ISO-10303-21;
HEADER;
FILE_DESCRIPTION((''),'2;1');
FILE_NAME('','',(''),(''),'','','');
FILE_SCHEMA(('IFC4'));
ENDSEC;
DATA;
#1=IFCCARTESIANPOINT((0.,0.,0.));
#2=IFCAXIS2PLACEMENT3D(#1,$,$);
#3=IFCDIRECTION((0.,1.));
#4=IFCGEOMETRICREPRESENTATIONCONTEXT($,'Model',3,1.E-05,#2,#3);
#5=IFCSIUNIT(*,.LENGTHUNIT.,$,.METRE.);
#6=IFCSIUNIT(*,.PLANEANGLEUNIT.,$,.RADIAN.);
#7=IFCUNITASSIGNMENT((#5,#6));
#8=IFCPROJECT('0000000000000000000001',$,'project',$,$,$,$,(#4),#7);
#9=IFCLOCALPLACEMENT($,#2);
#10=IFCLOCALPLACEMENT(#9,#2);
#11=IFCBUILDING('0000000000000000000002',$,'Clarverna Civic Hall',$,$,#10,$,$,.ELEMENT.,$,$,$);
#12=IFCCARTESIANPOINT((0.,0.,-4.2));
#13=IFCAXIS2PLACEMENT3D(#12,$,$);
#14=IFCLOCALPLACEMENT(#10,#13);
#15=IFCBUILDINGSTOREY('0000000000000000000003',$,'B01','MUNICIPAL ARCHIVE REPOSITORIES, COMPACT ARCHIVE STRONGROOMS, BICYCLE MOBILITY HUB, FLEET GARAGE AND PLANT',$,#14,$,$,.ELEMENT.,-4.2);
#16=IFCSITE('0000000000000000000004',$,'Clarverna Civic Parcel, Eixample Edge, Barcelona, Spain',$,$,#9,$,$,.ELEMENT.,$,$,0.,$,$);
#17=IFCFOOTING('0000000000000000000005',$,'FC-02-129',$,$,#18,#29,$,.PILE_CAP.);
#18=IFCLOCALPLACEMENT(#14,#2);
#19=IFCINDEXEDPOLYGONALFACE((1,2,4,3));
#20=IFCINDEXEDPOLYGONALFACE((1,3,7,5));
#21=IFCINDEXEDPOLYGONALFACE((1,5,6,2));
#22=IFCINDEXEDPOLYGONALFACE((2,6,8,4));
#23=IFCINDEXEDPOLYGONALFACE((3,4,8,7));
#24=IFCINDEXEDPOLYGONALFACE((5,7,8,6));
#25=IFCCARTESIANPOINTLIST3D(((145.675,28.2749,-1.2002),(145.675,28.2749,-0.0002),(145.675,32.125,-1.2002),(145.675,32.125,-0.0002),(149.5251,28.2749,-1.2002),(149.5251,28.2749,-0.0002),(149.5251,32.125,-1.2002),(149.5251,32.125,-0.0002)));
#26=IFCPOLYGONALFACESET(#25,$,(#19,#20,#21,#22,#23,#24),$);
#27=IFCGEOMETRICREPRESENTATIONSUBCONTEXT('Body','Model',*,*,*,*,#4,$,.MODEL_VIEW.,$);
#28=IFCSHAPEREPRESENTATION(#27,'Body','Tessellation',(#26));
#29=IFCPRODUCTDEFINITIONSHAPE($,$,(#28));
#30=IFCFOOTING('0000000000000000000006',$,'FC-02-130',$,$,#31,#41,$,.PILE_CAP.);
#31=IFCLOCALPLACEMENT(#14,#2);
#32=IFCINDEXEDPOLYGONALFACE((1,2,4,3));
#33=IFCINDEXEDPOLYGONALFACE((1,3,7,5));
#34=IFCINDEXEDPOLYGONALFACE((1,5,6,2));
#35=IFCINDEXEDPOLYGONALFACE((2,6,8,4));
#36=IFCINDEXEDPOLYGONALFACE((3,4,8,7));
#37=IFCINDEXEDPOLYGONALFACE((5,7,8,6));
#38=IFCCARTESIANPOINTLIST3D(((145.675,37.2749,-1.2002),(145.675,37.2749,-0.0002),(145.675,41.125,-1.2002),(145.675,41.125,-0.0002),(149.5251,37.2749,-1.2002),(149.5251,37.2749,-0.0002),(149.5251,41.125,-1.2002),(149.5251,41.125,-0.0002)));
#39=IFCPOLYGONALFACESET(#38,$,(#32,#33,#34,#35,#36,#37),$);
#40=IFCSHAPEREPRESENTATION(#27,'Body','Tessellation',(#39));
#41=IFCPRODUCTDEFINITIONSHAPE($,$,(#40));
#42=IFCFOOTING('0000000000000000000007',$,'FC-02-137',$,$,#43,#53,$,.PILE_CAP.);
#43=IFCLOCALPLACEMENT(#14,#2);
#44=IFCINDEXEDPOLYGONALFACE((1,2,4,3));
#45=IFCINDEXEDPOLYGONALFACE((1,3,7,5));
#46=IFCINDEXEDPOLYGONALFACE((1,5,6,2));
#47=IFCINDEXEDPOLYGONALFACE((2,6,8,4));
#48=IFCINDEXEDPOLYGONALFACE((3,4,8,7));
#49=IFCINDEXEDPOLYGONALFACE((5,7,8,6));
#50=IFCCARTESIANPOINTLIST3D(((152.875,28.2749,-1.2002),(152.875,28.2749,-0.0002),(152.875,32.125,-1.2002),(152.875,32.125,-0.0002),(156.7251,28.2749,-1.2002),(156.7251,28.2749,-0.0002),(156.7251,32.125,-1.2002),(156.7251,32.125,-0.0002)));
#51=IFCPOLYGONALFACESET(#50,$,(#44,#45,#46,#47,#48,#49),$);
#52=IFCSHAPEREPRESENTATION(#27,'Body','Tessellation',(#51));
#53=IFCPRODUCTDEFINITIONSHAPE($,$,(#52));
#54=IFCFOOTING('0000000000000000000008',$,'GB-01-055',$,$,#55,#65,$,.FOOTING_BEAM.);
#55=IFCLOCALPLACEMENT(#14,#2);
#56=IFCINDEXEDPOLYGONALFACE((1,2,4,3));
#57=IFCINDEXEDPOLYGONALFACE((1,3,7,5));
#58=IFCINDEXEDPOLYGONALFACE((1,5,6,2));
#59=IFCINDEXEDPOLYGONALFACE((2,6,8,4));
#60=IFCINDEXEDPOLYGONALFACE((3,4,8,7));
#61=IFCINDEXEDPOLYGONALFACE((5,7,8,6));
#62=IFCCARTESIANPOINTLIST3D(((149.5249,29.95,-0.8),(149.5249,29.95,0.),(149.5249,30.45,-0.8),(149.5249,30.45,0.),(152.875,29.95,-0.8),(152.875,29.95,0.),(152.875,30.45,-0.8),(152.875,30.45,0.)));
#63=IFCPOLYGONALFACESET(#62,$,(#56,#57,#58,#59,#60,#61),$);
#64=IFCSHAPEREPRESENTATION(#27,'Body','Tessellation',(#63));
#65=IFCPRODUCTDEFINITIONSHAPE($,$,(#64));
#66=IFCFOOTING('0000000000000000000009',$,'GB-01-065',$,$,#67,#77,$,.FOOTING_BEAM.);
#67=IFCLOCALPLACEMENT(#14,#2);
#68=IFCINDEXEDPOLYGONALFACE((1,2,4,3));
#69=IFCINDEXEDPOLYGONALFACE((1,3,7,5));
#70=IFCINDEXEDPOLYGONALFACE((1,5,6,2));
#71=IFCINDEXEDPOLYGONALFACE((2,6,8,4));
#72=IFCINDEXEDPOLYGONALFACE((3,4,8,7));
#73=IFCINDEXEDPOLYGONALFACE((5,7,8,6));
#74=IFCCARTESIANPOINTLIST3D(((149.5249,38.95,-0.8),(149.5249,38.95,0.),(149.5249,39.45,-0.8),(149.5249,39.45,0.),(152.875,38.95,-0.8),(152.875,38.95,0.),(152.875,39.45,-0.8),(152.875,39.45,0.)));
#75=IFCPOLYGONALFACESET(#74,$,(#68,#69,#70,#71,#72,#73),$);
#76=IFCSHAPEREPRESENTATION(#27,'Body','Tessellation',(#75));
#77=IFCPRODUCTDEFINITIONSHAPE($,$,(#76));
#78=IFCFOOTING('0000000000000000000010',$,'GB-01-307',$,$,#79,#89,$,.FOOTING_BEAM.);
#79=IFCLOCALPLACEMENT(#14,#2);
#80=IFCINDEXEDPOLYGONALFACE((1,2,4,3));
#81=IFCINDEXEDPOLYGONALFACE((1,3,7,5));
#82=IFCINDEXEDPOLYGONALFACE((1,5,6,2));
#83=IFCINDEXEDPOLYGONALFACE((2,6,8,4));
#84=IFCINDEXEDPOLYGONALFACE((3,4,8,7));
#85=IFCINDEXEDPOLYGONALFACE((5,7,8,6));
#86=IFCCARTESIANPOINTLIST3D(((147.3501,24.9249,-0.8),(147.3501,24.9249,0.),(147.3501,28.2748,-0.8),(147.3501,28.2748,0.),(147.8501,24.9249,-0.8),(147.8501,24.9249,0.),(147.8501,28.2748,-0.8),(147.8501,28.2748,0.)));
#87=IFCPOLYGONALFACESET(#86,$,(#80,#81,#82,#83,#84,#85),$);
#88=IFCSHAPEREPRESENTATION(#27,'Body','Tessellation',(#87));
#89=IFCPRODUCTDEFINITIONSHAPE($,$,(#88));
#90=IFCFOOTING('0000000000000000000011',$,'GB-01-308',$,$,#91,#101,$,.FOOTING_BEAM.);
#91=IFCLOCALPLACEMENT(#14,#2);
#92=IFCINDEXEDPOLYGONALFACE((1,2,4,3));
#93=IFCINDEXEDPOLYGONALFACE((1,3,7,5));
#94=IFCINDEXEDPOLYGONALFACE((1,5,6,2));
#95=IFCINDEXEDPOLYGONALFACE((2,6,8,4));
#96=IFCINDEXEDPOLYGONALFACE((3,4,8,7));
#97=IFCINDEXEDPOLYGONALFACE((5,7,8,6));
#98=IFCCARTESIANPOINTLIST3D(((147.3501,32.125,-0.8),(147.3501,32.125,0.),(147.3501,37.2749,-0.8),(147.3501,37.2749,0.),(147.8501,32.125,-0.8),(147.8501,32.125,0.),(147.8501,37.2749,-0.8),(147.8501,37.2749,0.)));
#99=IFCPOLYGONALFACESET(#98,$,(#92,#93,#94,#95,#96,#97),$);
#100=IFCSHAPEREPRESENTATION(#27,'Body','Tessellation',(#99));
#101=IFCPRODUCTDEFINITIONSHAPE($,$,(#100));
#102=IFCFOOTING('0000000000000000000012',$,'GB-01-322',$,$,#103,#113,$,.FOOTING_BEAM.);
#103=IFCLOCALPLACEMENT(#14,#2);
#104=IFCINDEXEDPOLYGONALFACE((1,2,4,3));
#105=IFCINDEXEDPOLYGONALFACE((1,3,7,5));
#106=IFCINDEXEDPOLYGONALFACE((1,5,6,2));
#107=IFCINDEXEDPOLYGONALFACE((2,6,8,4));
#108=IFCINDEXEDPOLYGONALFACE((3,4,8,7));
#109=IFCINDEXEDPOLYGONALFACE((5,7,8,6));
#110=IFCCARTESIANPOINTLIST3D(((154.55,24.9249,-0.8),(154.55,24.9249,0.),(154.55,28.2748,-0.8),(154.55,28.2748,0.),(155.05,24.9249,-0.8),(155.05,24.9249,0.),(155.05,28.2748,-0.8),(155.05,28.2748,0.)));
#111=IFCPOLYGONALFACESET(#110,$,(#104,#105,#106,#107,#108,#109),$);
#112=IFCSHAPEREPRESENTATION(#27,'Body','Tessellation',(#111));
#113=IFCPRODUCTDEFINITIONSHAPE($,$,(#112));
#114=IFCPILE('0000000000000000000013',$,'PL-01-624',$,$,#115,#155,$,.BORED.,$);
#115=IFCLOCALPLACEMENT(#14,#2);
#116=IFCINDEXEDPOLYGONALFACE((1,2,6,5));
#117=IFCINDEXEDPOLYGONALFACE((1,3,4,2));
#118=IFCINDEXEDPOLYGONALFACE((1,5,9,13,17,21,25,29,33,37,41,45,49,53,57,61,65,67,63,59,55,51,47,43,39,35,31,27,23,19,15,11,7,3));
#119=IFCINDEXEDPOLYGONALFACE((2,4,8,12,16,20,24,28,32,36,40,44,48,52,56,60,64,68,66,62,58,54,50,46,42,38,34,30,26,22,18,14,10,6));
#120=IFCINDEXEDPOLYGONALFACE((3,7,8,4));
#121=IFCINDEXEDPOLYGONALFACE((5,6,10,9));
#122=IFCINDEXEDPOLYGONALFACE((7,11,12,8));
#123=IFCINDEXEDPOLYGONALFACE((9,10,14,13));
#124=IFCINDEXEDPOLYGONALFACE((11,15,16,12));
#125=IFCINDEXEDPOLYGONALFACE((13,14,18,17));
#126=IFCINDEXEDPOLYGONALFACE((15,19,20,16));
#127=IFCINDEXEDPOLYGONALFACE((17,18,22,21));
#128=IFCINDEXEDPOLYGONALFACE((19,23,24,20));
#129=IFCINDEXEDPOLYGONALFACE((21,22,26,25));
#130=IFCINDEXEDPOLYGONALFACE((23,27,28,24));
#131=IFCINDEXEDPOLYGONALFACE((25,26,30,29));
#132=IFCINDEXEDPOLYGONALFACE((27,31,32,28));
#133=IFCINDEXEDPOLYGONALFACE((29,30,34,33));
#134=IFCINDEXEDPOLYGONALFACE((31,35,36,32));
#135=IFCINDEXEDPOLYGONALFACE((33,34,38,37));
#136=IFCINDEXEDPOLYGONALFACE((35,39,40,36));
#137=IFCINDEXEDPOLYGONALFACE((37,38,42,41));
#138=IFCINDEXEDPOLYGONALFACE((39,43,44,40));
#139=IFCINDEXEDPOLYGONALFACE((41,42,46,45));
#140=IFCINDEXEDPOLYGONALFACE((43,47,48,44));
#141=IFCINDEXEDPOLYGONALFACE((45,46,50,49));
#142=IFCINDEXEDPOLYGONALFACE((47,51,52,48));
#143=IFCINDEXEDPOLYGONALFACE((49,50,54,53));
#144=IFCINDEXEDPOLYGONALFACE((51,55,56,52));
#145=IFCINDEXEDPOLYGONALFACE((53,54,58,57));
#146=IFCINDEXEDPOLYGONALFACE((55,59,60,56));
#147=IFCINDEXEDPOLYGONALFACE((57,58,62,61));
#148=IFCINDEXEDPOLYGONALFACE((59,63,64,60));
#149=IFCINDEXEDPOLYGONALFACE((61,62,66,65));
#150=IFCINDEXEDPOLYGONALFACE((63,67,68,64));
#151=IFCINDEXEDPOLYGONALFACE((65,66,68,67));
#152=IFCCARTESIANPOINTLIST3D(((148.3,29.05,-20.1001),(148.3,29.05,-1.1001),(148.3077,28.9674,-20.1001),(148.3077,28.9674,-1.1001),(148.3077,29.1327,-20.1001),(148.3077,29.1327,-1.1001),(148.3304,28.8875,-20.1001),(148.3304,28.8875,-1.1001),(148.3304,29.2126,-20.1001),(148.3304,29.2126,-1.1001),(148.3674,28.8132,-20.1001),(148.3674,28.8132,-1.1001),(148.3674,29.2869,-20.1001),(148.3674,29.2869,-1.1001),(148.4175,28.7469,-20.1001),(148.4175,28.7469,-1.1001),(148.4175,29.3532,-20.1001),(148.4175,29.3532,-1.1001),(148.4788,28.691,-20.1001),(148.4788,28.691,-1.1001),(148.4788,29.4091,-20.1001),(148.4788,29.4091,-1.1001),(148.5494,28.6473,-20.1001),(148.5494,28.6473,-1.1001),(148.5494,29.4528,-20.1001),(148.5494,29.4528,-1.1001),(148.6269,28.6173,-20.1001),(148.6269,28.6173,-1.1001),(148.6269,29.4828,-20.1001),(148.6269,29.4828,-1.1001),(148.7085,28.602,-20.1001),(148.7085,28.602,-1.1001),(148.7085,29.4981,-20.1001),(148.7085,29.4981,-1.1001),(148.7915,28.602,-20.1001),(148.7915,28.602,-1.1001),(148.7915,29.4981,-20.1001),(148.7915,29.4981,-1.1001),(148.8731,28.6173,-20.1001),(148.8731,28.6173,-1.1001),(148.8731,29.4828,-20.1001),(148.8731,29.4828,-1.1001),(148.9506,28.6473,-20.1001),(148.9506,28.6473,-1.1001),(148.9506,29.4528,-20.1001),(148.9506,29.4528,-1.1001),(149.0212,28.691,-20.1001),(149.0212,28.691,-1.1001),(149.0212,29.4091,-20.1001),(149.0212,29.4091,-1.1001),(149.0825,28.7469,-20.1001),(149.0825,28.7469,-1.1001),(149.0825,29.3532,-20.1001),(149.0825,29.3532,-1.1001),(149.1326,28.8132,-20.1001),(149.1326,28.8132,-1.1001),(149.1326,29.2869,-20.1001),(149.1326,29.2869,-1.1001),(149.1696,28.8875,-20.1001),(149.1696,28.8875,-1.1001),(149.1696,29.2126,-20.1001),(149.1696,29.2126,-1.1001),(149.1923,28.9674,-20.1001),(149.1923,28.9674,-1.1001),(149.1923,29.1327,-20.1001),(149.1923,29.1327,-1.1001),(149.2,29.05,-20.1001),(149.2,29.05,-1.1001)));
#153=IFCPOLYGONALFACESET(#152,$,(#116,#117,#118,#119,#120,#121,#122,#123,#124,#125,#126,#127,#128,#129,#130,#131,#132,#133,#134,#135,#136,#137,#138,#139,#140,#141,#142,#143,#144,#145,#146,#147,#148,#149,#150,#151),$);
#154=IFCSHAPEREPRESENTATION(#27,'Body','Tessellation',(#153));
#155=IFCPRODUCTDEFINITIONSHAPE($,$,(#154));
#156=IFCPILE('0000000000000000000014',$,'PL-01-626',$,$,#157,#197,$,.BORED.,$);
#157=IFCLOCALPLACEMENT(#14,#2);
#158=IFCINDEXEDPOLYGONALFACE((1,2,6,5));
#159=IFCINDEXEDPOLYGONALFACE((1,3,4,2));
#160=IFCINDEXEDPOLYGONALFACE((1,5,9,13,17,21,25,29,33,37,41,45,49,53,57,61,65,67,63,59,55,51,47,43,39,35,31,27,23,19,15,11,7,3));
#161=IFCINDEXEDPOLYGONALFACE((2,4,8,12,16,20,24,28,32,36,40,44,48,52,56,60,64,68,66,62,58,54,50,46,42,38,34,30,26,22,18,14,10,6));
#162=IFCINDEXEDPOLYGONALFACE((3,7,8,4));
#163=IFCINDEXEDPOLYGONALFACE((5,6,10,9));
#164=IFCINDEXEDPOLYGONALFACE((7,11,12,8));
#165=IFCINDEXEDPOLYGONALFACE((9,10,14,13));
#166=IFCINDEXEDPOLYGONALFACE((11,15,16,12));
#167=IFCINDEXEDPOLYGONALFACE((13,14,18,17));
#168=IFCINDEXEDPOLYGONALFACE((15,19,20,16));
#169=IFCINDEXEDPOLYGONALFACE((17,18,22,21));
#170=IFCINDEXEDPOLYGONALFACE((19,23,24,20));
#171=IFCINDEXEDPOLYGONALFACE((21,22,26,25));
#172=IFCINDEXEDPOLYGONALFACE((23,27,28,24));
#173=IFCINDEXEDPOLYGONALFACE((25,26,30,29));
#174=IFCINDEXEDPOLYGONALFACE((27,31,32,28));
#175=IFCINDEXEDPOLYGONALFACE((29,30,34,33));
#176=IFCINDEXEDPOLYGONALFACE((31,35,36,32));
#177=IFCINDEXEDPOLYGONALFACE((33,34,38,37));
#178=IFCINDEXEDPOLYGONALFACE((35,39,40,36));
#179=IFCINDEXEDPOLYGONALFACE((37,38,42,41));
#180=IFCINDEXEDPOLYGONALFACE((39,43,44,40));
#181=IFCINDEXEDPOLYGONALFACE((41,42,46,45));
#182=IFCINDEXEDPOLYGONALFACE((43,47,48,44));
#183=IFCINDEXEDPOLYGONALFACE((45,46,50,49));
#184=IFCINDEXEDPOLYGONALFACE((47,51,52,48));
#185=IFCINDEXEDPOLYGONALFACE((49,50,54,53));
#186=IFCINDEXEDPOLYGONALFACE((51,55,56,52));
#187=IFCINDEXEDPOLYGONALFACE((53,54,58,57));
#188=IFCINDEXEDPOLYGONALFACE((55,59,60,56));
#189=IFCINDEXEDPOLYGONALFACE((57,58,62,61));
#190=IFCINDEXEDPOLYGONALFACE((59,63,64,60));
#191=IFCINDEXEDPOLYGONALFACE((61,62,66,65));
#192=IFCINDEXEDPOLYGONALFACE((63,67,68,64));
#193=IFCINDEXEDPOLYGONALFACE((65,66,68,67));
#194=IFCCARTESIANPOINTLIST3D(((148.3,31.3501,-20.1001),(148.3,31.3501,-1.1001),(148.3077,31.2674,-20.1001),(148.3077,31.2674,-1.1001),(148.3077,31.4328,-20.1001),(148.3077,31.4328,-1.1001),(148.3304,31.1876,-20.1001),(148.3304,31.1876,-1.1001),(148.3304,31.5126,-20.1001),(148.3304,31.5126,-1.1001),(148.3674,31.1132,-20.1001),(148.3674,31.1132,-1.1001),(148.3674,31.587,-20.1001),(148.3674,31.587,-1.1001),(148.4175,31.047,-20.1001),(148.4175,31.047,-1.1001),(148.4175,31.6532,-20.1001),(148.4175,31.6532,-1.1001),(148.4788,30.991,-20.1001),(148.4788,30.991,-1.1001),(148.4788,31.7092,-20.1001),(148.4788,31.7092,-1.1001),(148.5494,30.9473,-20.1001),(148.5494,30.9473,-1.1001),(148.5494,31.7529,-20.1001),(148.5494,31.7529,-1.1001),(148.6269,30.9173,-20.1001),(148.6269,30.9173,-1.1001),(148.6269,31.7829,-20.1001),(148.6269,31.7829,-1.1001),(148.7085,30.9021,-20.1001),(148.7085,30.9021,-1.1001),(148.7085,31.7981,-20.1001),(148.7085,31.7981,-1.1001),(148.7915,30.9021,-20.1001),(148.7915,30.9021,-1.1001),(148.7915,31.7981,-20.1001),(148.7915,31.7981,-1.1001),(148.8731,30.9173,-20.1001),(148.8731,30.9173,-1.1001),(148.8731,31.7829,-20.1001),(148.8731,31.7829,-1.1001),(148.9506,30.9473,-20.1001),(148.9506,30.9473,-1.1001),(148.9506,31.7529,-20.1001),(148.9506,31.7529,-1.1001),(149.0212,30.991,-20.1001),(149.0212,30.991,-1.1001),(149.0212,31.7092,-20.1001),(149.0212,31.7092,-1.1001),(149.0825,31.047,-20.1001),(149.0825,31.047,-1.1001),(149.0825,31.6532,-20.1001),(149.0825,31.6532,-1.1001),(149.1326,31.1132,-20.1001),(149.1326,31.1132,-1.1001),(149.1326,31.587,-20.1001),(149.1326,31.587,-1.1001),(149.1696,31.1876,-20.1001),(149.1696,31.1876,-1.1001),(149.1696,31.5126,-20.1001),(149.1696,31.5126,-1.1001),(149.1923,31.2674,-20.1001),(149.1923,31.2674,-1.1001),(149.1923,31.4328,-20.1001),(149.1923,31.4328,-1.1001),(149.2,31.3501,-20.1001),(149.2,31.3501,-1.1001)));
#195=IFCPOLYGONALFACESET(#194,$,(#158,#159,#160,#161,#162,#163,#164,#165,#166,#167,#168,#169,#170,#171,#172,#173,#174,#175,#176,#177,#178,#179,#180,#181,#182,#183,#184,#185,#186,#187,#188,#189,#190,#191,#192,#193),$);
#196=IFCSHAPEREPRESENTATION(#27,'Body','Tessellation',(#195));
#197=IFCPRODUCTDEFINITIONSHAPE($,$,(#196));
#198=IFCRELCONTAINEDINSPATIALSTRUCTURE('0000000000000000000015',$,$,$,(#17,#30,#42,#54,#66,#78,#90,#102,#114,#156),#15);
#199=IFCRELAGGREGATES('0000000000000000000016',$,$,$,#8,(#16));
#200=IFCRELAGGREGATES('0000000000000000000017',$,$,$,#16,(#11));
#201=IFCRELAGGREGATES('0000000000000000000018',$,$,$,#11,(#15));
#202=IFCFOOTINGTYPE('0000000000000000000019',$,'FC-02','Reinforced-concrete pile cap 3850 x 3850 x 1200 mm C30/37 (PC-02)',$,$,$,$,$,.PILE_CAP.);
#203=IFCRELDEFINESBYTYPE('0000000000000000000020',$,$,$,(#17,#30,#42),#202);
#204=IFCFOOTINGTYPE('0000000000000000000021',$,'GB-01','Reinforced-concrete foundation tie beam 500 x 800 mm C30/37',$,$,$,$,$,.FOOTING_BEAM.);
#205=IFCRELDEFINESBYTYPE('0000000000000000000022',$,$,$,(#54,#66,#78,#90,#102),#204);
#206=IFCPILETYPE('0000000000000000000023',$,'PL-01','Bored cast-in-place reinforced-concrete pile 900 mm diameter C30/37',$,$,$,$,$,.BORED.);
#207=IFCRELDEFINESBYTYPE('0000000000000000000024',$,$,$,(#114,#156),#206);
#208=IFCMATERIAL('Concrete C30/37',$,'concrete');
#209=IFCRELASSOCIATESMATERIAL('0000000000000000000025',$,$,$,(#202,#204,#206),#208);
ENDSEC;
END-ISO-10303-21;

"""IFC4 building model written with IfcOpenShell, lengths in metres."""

from ifc_helpers import new_model, si_unit, direction, frame, frame_2d, origin, origin_2d, place, context, subcontext, project, spatial, rectangle, circle, extrude, material, material_profile, profile_set, type_object, element, save


model = new_model("IFC4")

# Units and contexts
model_context = context("Model", 3, precision=1e-05, world=origin(), true_north=direction((0.0, 1.0)))
body_context = subcontext(model_context, "Body", "Model", "MODEL_VIEW")
ifc_project = project(units=[si_unit("LENGTHUNIT", "METRE"), si_unit("PLANEANGLEUNIT", "RADIAN")], contexts=[model_context])

# Site, building, storey
site_placement = place(None, origin())
site = spatial("IfcSite", under=ifc_project, at=site_placement, Name="Clarverna Civic Parcel, Eixample Edge, Barcelona, Spain", CompositionType="ELEMENT", RefElevation=0.0)
building_placement = place(site_placement, origin())
building = spatial("IfcBuilding", under=site, at=building_placement, Name="Clarverna Civic Hall", CompositionType="ELEMENT")
storey_placement = place(building_placement, frame((0.0, 0.0, -4.2)))
storey = spatial("IfcBuildingStorey", under=building, at=storey_placement, Name="B01", Description="MUNICIPAL ARCHIVE REPOSITORIES, COMPACT ARCHIVE STRONGROOMS, BICYCLE MOBILITY HUB, FLEET GARAGE AND PLANT", CompositionType="ELEMENT", Elevation=-4.2)

# Footings
ifc_material_1 = material(Name="Concrete C30/37", Category="concrete")
footing_type_1 = type_object("IfcFootingType", Name="FC-02", Description="Reinforced-concrete pile cap 3850 x 3850 x 1200 mm C30/37 (PC-02)", PredefinedType="PILE_CAP", material=ifc_material_1)
for number, where, z_axis, x_axis, name in (
    (1, (147.6001, 30.2, -1.2002), (0.0, 0.0, 1.0), (1.0, 0.0, 0.0), "FC-02-129"),
    (2, (147.6001, 39.2, -1.2002), (0.0, 0.0, 1.0), (1.0, 0.0, 0.0), "FC-02-130"),
    (3, (154.8, 30.2, -1.2002), (0.0, 0.0, 1.0), (1.0, 0.0, 0.0), "FC-02-137"),
):
    element("IfcFooting", number, at=place(storey_placement, frame(where, z_axis=z_axis, x_axis=x_axis)), inside=storey, type_object=footing_type_1, Name=name, PredefinedType="PILE_CAP", context=body_context, shape_type="SweptSolid", body=[
        extrude(rectangle(XDim=3.8501, YDim=3.8501, at=origin_2d()), origin(), (0.0, 0.0, 1.0), 1.2),
    ])
footing_type_2 = type_object("IfcFootingType", Name="GB-01", Description="Reinforced-concrete foundation tie beam 500 x 800 mm C30/37", PredefinedType="FOOTING_BEAM", material=ifc_material_1)
for number, where, z_axis, x_axis, name in (
    (4, (149.5249, 30.2, -0.8), (0.0, 0.0, 1.0), (1.0, 0.0, 0.0), "GB-01-055"),
    (5, (149.5249, 39.2, -0.8), (0.0, 0.0, 1.0), (1.0, 0.0, 0.0), "GB-01-065"),
):
    element("IfcFooting", number, at=place(storey_placement, frame(where, z_axis=z_axis, x_axis=x_axis)), inside=storey, type_object=footing_type_2, Name=name, PredefinedType="FOOTING_BEAM", context=body_context, shape_type="SweptSolid", body=[
        extrude(rectangle(XDim=3.3501, YDim=0.5, at=frame_2d((1.675, 0.0))), origin(), (0.0, 0.0, 1.0), 0.8),
    ])
footing_1_placement = place(storey_placement, frame((147.6001, 24.925, -0.8), z_axis=(0.0, 0.0, 1.0), x_axis=(0.0, 1.0, 0.0)))
element("IfcFooting", 6, at=footing_1_placement, inside=storey, type_object=footing_type_2, Name="GB-01-307", PredefinedType="FOOTING_BEAM", context=body_context, shape_type="SweptSolid", body=[
    extrude(rectangle(XDim=3.3499, YDim=0.5, at=frame_2d((1.6748, 0.0))), origin(), (0.0, 0.0, 1.0), 0.8),
])
footing_2_placement = place(storey_placement, frame((147.6001, 32.125, -0.8), z_axis=(0.0, 0.0, 1.0), x_axis=(0.0, 1.0, 0.0)))
element("IfcFooting", 7, at=footing_2_placement, inside=storey, type_object=footing_type_2, Name="GB-01-308", PredefinedType="FOOTING_BEAM", context=body_context, shape_type="SweptSolid", body=[
    extrude(rectangle(XDim=5.1499, YDim=0.5, at=frame_2d((2.575, 0.0))), origin(), (0.0, 0.0, 1.0), 0.8),
])
footing_3_placement = place(storey_placement, frame((154.8, 24.925, -0.8), z_axis=(0.0, 0.0, 1.0), x_axis=(0.0, 1.0, 0.0)))
element("IfcFooting", 8, at=footing_3_placement, inside=storey, type_object=footing_type_2, Name="GB-01-322", PredefinedType="FOOTING_BEAM", context=body_context, shape_type="SweptSolid", body=[
    extrude(rectangle(XDim=3.3499, YDim=0.5, at=frame_2d((1.6748, 0.0))), origin(), (0.0, 0.0, 1.0), 0.8),
])

# Piles
ifc_material_profile_1 = material_profile(ifc_material_1, circle(Radius=0.45, at=origin_2d()), Name="BORED PILE D900")
ifc_profile_set_1 = profile_set([ifc_material_profile_1], Name="Concrete C30/37")
pile_type = type_object("IfcPileType", Name="PL-01", Description="Bored cast-in-place reinforced-concrete pile 900 mm diameter C30/37", PredefinedType="BORED", material=ifc_profile_set_1)
for number, where, z_axis, x_axis, name in (
    (9, (148.75, 29.05, -1.1001), (0.0, 0.0, -1.0), (1.0, 0.0, 0.0), "PL-01-624"),
    (10, (148.75, 31.3501, -1.1001), (0.0, 0.0, -1.0), (1.0, 0.0, 0.0), "PL-01-626"),
):
    element("IfcPile", number, at=place(storey_placement, frame(where, z_axis=z_axis, x_axis=x_axis)), inside=storey, type_object=pile_type, Name=name, PredefinedType="BORED", context=body_context, shape_type="SweptSolid", body=[
        extrude(circle(Radius=0.45, at=origin_2d()), origin(), (0.0, 0.0, 1.0), 19.0),
    ])

save(model, "model.ifc")
